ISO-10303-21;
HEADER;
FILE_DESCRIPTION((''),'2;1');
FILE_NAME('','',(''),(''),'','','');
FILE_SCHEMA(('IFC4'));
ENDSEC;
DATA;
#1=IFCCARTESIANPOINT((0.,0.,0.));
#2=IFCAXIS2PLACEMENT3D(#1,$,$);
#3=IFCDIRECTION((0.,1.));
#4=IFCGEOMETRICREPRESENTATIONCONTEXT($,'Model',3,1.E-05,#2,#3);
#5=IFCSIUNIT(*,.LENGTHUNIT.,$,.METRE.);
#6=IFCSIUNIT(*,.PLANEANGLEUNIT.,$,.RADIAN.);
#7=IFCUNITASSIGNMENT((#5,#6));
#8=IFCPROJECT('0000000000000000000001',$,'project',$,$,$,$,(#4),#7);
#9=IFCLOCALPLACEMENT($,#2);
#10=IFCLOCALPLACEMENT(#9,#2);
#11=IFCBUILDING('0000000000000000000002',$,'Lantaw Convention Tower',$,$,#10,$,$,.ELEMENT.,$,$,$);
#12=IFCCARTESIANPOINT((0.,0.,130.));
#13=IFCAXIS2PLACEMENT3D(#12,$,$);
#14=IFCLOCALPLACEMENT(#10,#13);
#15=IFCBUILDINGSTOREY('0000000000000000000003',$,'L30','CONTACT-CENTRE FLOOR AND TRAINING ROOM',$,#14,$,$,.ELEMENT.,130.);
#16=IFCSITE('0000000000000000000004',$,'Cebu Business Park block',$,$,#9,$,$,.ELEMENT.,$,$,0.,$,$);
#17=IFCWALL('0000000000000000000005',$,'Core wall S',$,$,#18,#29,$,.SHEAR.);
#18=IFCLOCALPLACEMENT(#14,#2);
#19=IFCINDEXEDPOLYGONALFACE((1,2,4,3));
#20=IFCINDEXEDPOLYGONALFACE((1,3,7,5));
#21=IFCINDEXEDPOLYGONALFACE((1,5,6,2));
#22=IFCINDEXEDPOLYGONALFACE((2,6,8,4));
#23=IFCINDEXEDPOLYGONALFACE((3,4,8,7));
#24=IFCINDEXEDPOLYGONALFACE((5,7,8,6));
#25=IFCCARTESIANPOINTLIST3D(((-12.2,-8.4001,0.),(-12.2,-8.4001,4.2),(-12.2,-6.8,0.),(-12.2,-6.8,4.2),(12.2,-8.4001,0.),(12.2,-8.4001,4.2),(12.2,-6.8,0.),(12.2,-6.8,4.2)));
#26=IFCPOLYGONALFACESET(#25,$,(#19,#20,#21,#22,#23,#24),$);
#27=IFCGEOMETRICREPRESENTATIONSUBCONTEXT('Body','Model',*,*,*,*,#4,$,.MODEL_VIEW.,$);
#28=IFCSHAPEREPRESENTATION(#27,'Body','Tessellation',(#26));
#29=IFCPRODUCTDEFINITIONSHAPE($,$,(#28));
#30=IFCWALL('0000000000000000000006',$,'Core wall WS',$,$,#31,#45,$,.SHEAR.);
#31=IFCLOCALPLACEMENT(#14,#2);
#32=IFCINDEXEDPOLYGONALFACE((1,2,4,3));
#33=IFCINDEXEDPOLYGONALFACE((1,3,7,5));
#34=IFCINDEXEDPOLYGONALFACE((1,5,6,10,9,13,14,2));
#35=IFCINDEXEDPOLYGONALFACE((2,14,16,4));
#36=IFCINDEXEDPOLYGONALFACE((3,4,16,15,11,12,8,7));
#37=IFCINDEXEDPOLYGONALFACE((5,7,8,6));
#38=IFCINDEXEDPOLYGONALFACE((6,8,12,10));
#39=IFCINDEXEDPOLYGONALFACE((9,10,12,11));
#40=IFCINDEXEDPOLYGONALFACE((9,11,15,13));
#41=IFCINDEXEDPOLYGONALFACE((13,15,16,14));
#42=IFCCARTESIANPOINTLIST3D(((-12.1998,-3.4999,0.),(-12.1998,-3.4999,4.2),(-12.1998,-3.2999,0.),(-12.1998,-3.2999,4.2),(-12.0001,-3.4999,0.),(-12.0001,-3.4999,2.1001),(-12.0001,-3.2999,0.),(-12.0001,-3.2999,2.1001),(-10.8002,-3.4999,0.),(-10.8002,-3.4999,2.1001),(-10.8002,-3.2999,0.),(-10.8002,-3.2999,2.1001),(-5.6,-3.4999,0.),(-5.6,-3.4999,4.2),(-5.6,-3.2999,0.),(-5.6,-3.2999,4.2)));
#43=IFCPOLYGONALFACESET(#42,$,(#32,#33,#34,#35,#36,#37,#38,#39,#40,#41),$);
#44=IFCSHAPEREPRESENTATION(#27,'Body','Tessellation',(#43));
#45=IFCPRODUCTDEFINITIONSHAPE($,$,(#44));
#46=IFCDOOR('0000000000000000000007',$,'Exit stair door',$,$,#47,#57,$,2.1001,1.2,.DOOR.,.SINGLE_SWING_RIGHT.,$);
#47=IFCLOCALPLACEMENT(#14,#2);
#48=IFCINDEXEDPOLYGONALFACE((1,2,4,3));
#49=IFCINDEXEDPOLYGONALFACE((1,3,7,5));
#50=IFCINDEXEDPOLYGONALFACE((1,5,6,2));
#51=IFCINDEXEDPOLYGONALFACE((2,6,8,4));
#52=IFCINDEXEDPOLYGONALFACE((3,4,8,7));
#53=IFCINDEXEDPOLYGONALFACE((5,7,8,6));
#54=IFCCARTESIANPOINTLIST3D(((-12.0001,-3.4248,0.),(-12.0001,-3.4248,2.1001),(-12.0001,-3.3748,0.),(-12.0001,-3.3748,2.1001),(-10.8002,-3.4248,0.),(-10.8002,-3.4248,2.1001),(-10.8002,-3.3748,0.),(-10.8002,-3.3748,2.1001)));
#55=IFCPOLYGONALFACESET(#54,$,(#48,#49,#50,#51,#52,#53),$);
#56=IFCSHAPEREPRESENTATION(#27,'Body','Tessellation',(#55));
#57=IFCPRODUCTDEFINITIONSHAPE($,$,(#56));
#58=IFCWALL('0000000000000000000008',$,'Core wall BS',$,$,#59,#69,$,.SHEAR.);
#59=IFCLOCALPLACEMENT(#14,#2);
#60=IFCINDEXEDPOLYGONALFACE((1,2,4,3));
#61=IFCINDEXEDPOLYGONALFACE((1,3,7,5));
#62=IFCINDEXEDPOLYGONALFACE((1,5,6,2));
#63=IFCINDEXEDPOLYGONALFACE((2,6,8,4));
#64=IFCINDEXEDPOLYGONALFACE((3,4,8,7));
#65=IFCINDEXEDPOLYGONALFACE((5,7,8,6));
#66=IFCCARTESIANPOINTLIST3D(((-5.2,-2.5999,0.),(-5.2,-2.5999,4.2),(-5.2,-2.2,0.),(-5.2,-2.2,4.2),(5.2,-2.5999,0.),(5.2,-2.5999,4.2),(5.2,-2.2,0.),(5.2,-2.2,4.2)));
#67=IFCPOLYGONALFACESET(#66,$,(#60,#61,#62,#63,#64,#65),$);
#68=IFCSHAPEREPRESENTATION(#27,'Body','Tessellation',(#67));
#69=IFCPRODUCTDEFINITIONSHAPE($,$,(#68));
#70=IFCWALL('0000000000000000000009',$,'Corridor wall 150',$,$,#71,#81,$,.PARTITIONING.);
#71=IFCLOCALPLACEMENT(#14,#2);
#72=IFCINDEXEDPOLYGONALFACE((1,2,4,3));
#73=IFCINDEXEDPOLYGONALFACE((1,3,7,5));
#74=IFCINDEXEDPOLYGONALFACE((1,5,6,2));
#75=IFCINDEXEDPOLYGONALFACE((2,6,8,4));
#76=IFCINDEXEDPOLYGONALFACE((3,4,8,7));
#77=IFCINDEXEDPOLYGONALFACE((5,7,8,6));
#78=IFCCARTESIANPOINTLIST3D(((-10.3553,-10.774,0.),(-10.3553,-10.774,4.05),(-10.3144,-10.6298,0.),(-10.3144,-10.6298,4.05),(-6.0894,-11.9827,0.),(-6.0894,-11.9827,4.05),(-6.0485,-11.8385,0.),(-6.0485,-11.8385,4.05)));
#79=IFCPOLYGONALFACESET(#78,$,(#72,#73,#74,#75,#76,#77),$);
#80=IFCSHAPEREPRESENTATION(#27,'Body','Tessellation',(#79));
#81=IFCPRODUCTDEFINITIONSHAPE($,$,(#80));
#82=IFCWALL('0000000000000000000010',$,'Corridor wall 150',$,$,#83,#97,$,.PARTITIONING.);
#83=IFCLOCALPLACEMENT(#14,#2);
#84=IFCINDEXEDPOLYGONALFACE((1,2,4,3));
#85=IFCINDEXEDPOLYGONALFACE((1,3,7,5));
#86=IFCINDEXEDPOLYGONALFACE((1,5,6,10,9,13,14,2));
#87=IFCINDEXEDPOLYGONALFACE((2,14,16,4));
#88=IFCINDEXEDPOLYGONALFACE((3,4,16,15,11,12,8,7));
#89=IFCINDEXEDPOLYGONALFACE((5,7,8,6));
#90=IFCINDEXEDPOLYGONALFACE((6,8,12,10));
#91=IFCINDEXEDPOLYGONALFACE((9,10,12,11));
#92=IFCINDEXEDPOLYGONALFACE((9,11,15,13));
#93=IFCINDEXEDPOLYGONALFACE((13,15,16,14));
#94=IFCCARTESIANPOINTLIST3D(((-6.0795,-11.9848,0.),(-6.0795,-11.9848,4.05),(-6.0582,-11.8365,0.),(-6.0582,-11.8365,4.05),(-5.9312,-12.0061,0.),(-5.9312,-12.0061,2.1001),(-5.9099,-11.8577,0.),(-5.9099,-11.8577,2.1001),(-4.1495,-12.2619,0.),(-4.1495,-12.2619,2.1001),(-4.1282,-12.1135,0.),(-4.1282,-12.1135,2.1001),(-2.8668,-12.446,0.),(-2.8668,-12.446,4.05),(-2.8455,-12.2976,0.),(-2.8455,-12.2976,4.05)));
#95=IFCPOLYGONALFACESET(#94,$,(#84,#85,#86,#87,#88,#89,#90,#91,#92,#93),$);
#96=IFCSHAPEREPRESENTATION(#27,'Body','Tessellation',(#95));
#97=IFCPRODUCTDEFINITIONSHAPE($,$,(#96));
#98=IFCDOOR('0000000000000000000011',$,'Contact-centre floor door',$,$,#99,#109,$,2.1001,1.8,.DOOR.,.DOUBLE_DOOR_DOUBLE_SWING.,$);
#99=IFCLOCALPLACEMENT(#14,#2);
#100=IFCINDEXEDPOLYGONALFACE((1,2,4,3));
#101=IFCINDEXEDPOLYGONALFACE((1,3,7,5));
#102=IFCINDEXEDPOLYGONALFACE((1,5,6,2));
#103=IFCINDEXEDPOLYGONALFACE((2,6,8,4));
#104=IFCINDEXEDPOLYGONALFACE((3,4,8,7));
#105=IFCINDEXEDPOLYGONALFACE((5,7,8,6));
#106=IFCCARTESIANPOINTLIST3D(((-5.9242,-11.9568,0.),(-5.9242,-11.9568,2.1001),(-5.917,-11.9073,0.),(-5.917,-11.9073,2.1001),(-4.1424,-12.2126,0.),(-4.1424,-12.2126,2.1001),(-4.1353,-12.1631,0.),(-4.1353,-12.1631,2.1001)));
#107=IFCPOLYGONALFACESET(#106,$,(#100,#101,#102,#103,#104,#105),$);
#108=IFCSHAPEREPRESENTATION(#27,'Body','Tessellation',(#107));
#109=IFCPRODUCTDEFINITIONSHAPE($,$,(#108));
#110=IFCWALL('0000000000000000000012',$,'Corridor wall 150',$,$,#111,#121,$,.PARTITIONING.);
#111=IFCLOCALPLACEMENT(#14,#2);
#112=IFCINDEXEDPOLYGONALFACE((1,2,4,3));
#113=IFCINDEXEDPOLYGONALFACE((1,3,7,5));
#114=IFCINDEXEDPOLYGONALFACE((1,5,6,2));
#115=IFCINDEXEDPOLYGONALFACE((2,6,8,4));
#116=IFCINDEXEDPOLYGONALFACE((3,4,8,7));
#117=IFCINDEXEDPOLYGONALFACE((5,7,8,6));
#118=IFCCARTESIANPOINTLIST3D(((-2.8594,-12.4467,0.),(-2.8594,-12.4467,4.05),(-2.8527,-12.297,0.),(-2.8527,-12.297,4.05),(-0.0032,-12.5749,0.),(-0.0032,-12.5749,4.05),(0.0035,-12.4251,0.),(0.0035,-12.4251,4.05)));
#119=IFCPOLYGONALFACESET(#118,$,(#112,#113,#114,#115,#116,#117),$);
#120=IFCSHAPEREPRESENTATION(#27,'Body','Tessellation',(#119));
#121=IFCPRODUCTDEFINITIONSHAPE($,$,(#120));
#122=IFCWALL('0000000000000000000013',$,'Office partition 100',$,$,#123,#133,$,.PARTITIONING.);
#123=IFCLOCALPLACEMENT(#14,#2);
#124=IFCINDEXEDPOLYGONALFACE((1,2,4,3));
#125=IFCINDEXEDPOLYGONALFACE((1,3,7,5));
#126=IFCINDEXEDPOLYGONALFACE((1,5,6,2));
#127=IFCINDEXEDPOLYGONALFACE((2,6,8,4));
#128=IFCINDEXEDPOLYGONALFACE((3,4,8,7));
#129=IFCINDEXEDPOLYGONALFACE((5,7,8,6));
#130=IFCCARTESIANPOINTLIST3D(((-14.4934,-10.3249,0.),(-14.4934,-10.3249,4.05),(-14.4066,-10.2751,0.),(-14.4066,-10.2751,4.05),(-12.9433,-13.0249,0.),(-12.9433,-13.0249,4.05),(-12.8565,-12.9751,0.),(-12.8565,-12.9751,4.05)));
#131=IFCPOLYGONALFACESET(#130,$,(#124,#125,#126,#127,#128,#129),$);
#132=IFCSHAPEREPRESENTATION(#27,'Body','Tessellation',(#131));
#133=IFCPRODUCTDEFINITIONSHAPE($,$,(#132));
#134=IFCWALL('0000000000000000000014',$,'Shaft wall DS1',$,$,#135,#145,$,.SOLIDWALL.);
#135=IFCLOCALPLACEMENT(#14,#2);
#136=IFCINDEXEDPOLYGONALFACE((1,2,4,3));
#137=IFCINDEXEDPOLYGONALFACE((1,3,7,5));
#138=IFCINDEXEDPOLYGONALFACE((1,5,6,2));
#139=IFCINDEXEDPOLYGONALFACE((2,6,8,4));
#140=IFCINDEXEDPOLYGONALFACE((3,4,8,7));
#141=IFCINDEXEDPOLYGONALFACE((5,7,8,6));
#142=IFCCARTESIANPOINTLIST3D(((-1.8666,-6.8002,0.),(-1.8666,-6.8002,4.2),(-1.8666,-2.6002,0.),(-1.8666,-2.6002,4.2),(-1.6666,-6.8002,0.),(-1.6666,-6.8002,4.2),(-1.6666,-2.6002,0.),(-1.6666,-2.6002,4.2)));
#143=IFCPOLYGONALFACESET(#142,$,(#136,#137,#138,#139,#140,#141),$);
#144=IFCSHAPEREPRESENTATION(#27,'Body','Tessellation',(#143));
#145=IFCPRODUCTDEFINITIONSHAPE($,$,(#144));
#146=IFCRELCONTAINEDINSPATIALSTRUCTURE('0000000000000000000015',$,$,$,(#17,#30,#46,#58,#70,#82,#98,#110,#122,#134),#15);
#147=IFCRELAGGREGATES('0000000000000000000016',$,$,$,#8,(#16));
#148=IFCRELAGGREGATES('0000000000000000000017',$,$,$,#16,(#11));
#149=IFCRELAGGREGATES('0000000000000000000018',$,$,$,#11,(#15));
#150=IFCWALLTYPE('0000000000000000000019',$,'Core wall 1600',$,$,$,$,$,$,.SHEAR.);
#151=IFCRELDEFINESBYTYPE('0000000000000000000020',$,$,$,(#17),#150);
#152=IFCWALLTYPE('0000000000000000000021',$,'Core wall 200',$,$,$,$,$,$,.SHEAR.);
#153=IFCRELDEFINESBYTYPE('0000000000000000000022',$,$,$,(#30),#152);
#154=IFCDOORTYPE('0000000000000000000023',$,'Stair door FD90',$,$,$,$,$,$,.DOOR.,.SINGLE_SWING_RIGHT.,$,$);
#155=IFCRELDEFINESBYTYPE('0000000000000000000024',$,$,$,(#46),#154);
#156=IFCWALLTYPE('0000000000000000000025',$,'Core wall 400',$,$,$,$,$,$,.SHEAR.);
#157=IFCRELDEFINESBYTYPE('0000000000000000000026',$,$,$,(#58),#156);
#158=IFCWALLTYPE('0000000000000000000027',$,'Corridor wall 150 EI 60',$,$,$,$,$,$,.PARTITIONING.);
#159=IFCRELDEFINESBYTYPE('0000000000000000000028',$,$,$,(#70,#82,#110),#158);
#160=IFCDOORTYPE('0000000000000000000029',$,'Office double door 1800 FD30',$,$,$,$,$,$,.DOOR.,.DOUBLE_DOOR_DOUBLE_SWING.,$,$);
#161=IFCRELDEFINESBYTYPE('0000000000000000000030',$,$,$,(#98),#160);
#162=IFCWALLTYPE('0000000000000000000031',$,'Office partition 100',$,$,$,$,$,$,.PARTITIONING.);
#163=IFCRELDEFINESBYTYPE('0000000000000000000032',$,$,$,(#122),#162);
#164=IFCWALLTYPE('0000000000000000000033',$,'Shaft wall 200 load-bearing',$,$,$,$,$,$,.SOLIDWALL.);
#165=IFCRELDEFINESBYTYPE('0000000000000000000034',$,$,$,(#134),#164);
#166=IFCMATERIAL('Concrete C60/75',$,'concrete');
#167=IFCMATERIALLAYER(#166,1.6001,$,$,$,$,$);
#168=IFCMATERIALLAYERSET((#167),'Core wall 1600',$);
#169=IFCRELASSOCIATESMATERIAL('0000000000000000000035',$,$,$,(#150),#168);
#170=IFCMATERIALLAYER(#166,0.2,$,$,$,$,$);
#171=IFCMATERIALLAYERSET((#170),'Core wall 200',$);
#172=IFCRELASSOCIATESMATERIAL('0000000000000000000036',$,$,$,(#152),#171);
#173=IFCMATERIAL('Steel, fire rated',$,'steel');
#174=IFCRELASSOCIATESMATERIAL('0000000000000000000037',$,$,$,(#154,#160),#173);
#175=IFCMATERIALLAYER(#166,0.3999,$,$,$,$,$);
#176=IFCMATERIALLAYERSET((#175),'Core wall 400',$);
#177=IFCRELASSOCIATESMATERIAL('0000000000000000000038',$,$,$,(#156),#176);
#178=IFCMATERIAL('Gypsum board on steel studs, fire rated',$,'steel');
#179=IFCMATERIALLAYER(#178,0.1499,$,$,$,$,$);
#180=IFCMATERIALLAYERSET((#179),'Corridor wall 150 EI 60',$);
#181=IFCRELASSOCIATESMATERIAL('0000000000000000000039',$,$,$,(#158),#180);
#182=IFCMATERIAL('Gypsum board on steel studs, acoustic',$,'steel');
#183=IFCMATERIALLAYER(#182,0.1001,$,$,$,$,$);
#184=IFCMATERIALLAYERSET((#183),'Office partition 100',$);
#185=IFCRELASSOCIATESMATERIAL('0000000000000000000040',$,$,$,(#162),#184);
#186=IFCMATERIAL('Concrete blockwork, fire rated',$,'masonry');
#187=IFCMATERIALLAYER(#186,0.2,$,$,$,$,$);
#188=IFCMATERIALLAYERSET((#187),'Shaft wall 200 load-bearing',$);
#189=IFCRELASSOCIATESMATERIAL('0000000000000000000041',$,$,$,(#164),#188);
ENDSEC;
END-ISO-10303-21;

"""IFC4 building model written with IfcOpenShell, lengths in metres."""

from ifc_helpers import new_model, si_unit, direction, frame, frame_2d, origin, place, context, subcontext, project, spatial, rectangle, extrude, material, layer, layer_set, type_object, element, fill, save


model = new_model("IFC4")

# Units and contexts
model_context = context("Model", 3, precision=1e-05, world=origin(), true_north=direction((0.0, 1.0)))
body_context = subcontext(model_context, "Body", "Model", "MODEL_VIEW")
ifc_project = project(units=[si_unit("LENGTHUNIT", "METRE"), si_unit("PLANEANGLEUNIT", "RADIAN")], contexts=[model_context])

# Site, building, storey
site_placement = place(None, origin())
site = spatial("IfcSite", under=ifc_project, at=site_placement, Name="Cebu Business Park block", CompositionType="ELEMENT", RefElevation=0.0)
building_placement = place(site_placement, origin())
building = spatial("IfcBuilding", under=site, at=building_placement, Name="Lantaw Convention Tower", CompositionType="ELEMENT")
storey_placement = place(building_placement, frame((0.0, 0.0, 130.0)))
storey = spatial("IfcBuildingStorey", under=building, at=storey_placement, Name="L30", Description="CONTACT-CENTRE FLOOR AND TRAINING ROOM", CompositionType="ELEMENT", Elevation=130.0)

# Shared definitions
ifc_material_1 = material(Name="Concrete C60/75", Category="concrete")

# Wall
ifc_layer_1 = layer(ifc_material_1, 1.6001)
ifc_layer_set_1 = layer_set([ifc_layer_1], Name="Core wall 1600")
wall_type_1 = type_object("IfcWallType", Name="Core wall 1600", PredefinedType="SHEAR", material=ifc_layer_set_1)
wall_1_placement = place(storey_placement, frame((-12.2, -7.6001, 0.0), z_axis=(0.0, 0.0, 1.0), x_axis=(1.0, 0.0, 0.0)))
element("IfcWall", 1, at=wall_1_placement, inside=storey, type_object=wall_type_1, Name="Core wall S", PredefinedType="SHEAR", context=body_context, shape_type="SweptSolid", body=[
    extrude(rectangle(XDim=24.3999, YDim=1.6001, at=frame_2d((12.2, 0.0))), origin(), (0.0, 0.0, 1.0), 4.2),
])

# Wall, opening, door
ifc_layer_2 = layer(ifc_material_1, 0.2)
ifc_layer_set_2 = layer_set([ifc_layer_2], Name="Core wall 200")
wall_type_2 = type_object("IfcWallType", Name="Core wall 200", PredefinedType="SHEAR", material=ifc_layer_set_2)
wall_2_placement = place(storey_placement, frame((-5.6001, -3.3999, 0.0), z_axis=(0.0, 0.0, 1.0), x_axis=(-1.0, 0.0, 0.0)))
wall_2 = element("IfcWall", 2, at=wall_2_placement, inside=storey, type_object=wall_type_2, Name="Core wall WS", PredefinedType="SHEAR", context=body_context, shape_type="SweptSolid", body=[
    extrude(rectangle(XDim=6.5999, YDim=0.2, at=frame_2d((3.2998, 0.0))), origin(), (0.0, 0.0, 1.0), 4.2),
])
opening_1_placement = place(wall_2_placement, frame((5.2, 0.0, 0.0)))
opening_1 = element("IfcOpeningElement", 3, at=opening_1_placement, cuts=wall_2, PredefinedType="OPENING", context=body_context, shape_type="SweptSolid", body=[
    extrude(rectangle(XDim=1.2, YDim=2.1001, at=frame_2d((0.6001, 1.05))), frame((0.0, 0.1099, 0.0), z_axis=(0.0, -1.0, 0.0), x_axis=(1.0, 0.0, 0.0)), (0.0, 0.0, 1.0), 0.22),
])
ifc_material_2 = material(Name="Steel, fire rated", Category="steel")
door_type_1 = type_object("IfcDoorType", Name="Stair door FD90", OperationType="SINGLE_SWING_RIGHT", PredefinedType="DOOR", material=ifc_material_2)
door_1_placement = place(opening_1_placement, origin())
door_1 = element("IfcDoor", 4, at=door_1_placement, inside=storey, type_object=door_type_1, Name="Exit stair door", OperationType="SINGLE_SWING_RIGHT", OverallHeight=2.1001, OverallWidth=1.2, PredefinedType="DOOR", context=body_context, shape_type="SweptSolid", body=[
    extrude(rectangle(XDim=1.2, YDim=2.1001, at=frame_2d((0.6001, 1.05))), frame((0.0, 0.0249, 0.0), z_axis=(0.0, -1.0, 0.0), x_axis=(1.0, 0.0, 0.0)), (0.0, 0.0, 1.0), 0.05),
])
fill(opening_1, door_1)

# Walls
ifc_layer_3 = layer(ifc_material_1, 0.3999)
ifc_layer_set_3 = layer_set([ifc_layer_3], Name="Core wall 400")
wall_type_3 = type_object("IfcWallType", Name="Core wall 400", PredefinedType="SHEAR", material=ifc_layer_set_3)
wall_3_placement = place(storey_placement, frame((-5.2, -2.3999, 0.0), z_axis=(0.0, 0.0, 1.0), x_axis=(1.0, 0.0, 0.0)))
element("IfcWall", 5, at=wall_3_placement, inside=storey, type_object=wall_type_3, Name="Core wall BS", PredefinedType="SHEAR", context=body_context, shape_type="SweptSolid", body=[
    extrude(rectangle(XDim=10.3999, YDim=0.3999, at=frame_2d((5.2, 0.0))), origin(), (0.0, 0.0, 1.0), 4.2),
])
ifc_material_3 = material(Name="Gypsum board on steel studs, fire rated", Category="steel")
ifc_layer_4 = layer(ifc_material_3, 0.1499)
ifc_layer_set_4 = layer_set([ifc_layer_4], Name="Corridor wall 150 EI 60")
wall_type_4 = type_object("IfcWallType", Name="Corridor wall 150 EI 60", PredefinedType="PARTITIONING", material=ifc_layer_set_4)
wall_4_placement = place(storey_placement, frame((-10.3347, -10.7019, 0.0), z_axis=(0.0, 0.0, 1.0), x_axis=(0.962122, -0.272619, 0.0)))
element("IfcWall", 6, at=wall_4_placement, inside=storey, type_object=wall_type_4, Name="Corridor wall 150", PredefinedType="PARTITIONING", context=body_context, shape_type="SweptSolid", body=[
    extrude(rectangle(XDim=4.4338, YDim=0.1499, at=frame_2d((2.2168, 0.0))), origin(), (0.0, 0.0, 1.0), 4.05),
])

# Wall, opening, door
wall_5_placement = place(storey_placement, frame((-6.0688, -11.9106, 0.0), z_axis=(0.0, 0.0, 1.0), x_axis=(0.989853, -0.142095, 0.0)))
wall_5 = element("IfcWall", 7, at=wall_5_placement, inside=storey, type_object=wall_type_4, Name="Corridor wall 150", PredefinedType="PARTITIONING", context=body_context, shape_type="SweptSolid", body=[
    extrude(rectangle(XDim=3.2456, YDim=0.1499, at=frame_2d((1.6228, 0.0))), origin(), (0.0, 0.0, 1.0), 4.05),
])
opening_2_placement = place(wall_5_placement, frame((0.1499, 0.0, 0.0)))
opening_2 = element("IfcOpeningElement", 8, at=opening_2_placement, cuts=wall_5, PredefinedType="OPENING", context=body_context, shape_type="SweptSolid", body=[
    extrude(rectangle(XDim=1.8, YDim=2.1001, at=frame_2d((0.8999, 1.05))), frame((0.0, 0.085, 0.0), z_axis=(0.0, -1.0, 0.0), x_axis=(1.0, 0.0, 0.0)), (0.0, 0.0, 1.0), 0.1699),
])
door_type_2 = type_object("IfcDoorType", Name="Office double door 1800 FD30", OperationType="DOUBLE_DOOR_DOUBLE_SWING", PredefinedType="DOOR", material=ifc_material_2)
door_2_placement = place(opening_2_placement, origin())
door_2 = element("IfcDoor", 9, at=door_2_placement, inside=storey, type_object=door_type_2, Name="Contact-centre floor door", OperationType="DOUBLE_DOOR_DOUBLE_SWING", OverallHeight=2.1001, OverallWidth=1.8, PredefinedType="DOOR", context=body_context, shape_type="SweptSolid", body=[
    extrude(rectangle(XDim=1.8, YDim=2.1001, at=frame_2d((0.8999, 1.05))), frame((0.0, 0.0249, 0.0), z_axis=(0.0, -1.0, 0.0), x_axis=(1.0, 0.0, 0.0)), (0.0, 0.0, 1.0), 0.05),
])
fill(opening_2, door_2)

# Walls
wall_6_placement = place(storey_placement, frame((-2.8562, -12.3718, 0.0), z_axis=(0.0, 0.0, 1.0), x_axis=(0.998995, -0.044831, 0.0)))
element("IfcWall", 10, at=wall_6_placement, inside=storey, type_object=wall_type_4, Name="Corridor wall 150", PredefinedType="PARTITIONING", context=body_context, shape_type="SweptSolid", body=[
    extrude(rectangle(XDim=2.8591, YDim=0.1499, at=frame_2d((1.4297, 0.0))), origin(), (0.0, 0.0, 1.0), 4.05),
])
ifc_material_4 = material(Name="Gypsum board on steel studs, acoustic", Category="steel")
ifc_layer_5 = layer(ifc_material_4, 0.1001)
ifc_layer_set_5 = layer_set([ifc_layer_5], Name="Office partition 100")
wall_type_5 = type_object("IfcWallType", Name="Office partition 100", PredefinedType="PARTITIONING", material=ifc_layer_set_5)
wall_7_placement = place(storey_placement, frame((-12.8999, -13.0, 0.0), z_axis=(0.0, 0.0, 1.0), x_axis=(-0.497886, 0.867242, 0.0)))
element("IfcWall", 11, at=wall_7_placement, inside=storey, type_object=wall_type_5, Name="Office partition 100", PredefinedType="PARTITIONING", context=body_context, shape_type="SweptSolid", body=[
    extrude(rectangle(XDim=3.1133, YDim=0.1001, at=frame_2d((1.5566, 0.0))), origin(), (0.0, 0.0, 1.0), 4.05),
])
ifc_material_5 = material(Name="Concrete blockwork, fire rated", Category="masonry")
ifc_layer_6 = layer(ifc_material_5, 0.2)
ifc_layer_set_6 = layer_set([ifc_layer_6], Name="Shaft wall 200 load-bearing")
wall_type_6 = type_object("IfcWallType", Name="Shaft wall 200 load-bearing", PredefinedType="SOLIDWALL", material=ifc_layer_set_6)
wall_8_placement = place(storey_placement, frame((-1.7666, -2.6001, 0.0), z_axis=(0.0, 0.0, 1.0), x_axis=(0.0, -1.0, 0.0)))
element("IfcWall", 12, at=wall_8_placement, inside=storey, type_object=wall_type_6, Name="Shaft wall DS1", PredefinedType="SOLIDWALL", context=body_context, shape_type="SweptSolid", body=[
    extrude(rectangle(XDim=4.2, YDim=0.2, at=frame_2d((2.1001, 0.0))), origin(), (0.0, 0.0, 1.0), 4.2),
])

save(model, "model.ifc")
